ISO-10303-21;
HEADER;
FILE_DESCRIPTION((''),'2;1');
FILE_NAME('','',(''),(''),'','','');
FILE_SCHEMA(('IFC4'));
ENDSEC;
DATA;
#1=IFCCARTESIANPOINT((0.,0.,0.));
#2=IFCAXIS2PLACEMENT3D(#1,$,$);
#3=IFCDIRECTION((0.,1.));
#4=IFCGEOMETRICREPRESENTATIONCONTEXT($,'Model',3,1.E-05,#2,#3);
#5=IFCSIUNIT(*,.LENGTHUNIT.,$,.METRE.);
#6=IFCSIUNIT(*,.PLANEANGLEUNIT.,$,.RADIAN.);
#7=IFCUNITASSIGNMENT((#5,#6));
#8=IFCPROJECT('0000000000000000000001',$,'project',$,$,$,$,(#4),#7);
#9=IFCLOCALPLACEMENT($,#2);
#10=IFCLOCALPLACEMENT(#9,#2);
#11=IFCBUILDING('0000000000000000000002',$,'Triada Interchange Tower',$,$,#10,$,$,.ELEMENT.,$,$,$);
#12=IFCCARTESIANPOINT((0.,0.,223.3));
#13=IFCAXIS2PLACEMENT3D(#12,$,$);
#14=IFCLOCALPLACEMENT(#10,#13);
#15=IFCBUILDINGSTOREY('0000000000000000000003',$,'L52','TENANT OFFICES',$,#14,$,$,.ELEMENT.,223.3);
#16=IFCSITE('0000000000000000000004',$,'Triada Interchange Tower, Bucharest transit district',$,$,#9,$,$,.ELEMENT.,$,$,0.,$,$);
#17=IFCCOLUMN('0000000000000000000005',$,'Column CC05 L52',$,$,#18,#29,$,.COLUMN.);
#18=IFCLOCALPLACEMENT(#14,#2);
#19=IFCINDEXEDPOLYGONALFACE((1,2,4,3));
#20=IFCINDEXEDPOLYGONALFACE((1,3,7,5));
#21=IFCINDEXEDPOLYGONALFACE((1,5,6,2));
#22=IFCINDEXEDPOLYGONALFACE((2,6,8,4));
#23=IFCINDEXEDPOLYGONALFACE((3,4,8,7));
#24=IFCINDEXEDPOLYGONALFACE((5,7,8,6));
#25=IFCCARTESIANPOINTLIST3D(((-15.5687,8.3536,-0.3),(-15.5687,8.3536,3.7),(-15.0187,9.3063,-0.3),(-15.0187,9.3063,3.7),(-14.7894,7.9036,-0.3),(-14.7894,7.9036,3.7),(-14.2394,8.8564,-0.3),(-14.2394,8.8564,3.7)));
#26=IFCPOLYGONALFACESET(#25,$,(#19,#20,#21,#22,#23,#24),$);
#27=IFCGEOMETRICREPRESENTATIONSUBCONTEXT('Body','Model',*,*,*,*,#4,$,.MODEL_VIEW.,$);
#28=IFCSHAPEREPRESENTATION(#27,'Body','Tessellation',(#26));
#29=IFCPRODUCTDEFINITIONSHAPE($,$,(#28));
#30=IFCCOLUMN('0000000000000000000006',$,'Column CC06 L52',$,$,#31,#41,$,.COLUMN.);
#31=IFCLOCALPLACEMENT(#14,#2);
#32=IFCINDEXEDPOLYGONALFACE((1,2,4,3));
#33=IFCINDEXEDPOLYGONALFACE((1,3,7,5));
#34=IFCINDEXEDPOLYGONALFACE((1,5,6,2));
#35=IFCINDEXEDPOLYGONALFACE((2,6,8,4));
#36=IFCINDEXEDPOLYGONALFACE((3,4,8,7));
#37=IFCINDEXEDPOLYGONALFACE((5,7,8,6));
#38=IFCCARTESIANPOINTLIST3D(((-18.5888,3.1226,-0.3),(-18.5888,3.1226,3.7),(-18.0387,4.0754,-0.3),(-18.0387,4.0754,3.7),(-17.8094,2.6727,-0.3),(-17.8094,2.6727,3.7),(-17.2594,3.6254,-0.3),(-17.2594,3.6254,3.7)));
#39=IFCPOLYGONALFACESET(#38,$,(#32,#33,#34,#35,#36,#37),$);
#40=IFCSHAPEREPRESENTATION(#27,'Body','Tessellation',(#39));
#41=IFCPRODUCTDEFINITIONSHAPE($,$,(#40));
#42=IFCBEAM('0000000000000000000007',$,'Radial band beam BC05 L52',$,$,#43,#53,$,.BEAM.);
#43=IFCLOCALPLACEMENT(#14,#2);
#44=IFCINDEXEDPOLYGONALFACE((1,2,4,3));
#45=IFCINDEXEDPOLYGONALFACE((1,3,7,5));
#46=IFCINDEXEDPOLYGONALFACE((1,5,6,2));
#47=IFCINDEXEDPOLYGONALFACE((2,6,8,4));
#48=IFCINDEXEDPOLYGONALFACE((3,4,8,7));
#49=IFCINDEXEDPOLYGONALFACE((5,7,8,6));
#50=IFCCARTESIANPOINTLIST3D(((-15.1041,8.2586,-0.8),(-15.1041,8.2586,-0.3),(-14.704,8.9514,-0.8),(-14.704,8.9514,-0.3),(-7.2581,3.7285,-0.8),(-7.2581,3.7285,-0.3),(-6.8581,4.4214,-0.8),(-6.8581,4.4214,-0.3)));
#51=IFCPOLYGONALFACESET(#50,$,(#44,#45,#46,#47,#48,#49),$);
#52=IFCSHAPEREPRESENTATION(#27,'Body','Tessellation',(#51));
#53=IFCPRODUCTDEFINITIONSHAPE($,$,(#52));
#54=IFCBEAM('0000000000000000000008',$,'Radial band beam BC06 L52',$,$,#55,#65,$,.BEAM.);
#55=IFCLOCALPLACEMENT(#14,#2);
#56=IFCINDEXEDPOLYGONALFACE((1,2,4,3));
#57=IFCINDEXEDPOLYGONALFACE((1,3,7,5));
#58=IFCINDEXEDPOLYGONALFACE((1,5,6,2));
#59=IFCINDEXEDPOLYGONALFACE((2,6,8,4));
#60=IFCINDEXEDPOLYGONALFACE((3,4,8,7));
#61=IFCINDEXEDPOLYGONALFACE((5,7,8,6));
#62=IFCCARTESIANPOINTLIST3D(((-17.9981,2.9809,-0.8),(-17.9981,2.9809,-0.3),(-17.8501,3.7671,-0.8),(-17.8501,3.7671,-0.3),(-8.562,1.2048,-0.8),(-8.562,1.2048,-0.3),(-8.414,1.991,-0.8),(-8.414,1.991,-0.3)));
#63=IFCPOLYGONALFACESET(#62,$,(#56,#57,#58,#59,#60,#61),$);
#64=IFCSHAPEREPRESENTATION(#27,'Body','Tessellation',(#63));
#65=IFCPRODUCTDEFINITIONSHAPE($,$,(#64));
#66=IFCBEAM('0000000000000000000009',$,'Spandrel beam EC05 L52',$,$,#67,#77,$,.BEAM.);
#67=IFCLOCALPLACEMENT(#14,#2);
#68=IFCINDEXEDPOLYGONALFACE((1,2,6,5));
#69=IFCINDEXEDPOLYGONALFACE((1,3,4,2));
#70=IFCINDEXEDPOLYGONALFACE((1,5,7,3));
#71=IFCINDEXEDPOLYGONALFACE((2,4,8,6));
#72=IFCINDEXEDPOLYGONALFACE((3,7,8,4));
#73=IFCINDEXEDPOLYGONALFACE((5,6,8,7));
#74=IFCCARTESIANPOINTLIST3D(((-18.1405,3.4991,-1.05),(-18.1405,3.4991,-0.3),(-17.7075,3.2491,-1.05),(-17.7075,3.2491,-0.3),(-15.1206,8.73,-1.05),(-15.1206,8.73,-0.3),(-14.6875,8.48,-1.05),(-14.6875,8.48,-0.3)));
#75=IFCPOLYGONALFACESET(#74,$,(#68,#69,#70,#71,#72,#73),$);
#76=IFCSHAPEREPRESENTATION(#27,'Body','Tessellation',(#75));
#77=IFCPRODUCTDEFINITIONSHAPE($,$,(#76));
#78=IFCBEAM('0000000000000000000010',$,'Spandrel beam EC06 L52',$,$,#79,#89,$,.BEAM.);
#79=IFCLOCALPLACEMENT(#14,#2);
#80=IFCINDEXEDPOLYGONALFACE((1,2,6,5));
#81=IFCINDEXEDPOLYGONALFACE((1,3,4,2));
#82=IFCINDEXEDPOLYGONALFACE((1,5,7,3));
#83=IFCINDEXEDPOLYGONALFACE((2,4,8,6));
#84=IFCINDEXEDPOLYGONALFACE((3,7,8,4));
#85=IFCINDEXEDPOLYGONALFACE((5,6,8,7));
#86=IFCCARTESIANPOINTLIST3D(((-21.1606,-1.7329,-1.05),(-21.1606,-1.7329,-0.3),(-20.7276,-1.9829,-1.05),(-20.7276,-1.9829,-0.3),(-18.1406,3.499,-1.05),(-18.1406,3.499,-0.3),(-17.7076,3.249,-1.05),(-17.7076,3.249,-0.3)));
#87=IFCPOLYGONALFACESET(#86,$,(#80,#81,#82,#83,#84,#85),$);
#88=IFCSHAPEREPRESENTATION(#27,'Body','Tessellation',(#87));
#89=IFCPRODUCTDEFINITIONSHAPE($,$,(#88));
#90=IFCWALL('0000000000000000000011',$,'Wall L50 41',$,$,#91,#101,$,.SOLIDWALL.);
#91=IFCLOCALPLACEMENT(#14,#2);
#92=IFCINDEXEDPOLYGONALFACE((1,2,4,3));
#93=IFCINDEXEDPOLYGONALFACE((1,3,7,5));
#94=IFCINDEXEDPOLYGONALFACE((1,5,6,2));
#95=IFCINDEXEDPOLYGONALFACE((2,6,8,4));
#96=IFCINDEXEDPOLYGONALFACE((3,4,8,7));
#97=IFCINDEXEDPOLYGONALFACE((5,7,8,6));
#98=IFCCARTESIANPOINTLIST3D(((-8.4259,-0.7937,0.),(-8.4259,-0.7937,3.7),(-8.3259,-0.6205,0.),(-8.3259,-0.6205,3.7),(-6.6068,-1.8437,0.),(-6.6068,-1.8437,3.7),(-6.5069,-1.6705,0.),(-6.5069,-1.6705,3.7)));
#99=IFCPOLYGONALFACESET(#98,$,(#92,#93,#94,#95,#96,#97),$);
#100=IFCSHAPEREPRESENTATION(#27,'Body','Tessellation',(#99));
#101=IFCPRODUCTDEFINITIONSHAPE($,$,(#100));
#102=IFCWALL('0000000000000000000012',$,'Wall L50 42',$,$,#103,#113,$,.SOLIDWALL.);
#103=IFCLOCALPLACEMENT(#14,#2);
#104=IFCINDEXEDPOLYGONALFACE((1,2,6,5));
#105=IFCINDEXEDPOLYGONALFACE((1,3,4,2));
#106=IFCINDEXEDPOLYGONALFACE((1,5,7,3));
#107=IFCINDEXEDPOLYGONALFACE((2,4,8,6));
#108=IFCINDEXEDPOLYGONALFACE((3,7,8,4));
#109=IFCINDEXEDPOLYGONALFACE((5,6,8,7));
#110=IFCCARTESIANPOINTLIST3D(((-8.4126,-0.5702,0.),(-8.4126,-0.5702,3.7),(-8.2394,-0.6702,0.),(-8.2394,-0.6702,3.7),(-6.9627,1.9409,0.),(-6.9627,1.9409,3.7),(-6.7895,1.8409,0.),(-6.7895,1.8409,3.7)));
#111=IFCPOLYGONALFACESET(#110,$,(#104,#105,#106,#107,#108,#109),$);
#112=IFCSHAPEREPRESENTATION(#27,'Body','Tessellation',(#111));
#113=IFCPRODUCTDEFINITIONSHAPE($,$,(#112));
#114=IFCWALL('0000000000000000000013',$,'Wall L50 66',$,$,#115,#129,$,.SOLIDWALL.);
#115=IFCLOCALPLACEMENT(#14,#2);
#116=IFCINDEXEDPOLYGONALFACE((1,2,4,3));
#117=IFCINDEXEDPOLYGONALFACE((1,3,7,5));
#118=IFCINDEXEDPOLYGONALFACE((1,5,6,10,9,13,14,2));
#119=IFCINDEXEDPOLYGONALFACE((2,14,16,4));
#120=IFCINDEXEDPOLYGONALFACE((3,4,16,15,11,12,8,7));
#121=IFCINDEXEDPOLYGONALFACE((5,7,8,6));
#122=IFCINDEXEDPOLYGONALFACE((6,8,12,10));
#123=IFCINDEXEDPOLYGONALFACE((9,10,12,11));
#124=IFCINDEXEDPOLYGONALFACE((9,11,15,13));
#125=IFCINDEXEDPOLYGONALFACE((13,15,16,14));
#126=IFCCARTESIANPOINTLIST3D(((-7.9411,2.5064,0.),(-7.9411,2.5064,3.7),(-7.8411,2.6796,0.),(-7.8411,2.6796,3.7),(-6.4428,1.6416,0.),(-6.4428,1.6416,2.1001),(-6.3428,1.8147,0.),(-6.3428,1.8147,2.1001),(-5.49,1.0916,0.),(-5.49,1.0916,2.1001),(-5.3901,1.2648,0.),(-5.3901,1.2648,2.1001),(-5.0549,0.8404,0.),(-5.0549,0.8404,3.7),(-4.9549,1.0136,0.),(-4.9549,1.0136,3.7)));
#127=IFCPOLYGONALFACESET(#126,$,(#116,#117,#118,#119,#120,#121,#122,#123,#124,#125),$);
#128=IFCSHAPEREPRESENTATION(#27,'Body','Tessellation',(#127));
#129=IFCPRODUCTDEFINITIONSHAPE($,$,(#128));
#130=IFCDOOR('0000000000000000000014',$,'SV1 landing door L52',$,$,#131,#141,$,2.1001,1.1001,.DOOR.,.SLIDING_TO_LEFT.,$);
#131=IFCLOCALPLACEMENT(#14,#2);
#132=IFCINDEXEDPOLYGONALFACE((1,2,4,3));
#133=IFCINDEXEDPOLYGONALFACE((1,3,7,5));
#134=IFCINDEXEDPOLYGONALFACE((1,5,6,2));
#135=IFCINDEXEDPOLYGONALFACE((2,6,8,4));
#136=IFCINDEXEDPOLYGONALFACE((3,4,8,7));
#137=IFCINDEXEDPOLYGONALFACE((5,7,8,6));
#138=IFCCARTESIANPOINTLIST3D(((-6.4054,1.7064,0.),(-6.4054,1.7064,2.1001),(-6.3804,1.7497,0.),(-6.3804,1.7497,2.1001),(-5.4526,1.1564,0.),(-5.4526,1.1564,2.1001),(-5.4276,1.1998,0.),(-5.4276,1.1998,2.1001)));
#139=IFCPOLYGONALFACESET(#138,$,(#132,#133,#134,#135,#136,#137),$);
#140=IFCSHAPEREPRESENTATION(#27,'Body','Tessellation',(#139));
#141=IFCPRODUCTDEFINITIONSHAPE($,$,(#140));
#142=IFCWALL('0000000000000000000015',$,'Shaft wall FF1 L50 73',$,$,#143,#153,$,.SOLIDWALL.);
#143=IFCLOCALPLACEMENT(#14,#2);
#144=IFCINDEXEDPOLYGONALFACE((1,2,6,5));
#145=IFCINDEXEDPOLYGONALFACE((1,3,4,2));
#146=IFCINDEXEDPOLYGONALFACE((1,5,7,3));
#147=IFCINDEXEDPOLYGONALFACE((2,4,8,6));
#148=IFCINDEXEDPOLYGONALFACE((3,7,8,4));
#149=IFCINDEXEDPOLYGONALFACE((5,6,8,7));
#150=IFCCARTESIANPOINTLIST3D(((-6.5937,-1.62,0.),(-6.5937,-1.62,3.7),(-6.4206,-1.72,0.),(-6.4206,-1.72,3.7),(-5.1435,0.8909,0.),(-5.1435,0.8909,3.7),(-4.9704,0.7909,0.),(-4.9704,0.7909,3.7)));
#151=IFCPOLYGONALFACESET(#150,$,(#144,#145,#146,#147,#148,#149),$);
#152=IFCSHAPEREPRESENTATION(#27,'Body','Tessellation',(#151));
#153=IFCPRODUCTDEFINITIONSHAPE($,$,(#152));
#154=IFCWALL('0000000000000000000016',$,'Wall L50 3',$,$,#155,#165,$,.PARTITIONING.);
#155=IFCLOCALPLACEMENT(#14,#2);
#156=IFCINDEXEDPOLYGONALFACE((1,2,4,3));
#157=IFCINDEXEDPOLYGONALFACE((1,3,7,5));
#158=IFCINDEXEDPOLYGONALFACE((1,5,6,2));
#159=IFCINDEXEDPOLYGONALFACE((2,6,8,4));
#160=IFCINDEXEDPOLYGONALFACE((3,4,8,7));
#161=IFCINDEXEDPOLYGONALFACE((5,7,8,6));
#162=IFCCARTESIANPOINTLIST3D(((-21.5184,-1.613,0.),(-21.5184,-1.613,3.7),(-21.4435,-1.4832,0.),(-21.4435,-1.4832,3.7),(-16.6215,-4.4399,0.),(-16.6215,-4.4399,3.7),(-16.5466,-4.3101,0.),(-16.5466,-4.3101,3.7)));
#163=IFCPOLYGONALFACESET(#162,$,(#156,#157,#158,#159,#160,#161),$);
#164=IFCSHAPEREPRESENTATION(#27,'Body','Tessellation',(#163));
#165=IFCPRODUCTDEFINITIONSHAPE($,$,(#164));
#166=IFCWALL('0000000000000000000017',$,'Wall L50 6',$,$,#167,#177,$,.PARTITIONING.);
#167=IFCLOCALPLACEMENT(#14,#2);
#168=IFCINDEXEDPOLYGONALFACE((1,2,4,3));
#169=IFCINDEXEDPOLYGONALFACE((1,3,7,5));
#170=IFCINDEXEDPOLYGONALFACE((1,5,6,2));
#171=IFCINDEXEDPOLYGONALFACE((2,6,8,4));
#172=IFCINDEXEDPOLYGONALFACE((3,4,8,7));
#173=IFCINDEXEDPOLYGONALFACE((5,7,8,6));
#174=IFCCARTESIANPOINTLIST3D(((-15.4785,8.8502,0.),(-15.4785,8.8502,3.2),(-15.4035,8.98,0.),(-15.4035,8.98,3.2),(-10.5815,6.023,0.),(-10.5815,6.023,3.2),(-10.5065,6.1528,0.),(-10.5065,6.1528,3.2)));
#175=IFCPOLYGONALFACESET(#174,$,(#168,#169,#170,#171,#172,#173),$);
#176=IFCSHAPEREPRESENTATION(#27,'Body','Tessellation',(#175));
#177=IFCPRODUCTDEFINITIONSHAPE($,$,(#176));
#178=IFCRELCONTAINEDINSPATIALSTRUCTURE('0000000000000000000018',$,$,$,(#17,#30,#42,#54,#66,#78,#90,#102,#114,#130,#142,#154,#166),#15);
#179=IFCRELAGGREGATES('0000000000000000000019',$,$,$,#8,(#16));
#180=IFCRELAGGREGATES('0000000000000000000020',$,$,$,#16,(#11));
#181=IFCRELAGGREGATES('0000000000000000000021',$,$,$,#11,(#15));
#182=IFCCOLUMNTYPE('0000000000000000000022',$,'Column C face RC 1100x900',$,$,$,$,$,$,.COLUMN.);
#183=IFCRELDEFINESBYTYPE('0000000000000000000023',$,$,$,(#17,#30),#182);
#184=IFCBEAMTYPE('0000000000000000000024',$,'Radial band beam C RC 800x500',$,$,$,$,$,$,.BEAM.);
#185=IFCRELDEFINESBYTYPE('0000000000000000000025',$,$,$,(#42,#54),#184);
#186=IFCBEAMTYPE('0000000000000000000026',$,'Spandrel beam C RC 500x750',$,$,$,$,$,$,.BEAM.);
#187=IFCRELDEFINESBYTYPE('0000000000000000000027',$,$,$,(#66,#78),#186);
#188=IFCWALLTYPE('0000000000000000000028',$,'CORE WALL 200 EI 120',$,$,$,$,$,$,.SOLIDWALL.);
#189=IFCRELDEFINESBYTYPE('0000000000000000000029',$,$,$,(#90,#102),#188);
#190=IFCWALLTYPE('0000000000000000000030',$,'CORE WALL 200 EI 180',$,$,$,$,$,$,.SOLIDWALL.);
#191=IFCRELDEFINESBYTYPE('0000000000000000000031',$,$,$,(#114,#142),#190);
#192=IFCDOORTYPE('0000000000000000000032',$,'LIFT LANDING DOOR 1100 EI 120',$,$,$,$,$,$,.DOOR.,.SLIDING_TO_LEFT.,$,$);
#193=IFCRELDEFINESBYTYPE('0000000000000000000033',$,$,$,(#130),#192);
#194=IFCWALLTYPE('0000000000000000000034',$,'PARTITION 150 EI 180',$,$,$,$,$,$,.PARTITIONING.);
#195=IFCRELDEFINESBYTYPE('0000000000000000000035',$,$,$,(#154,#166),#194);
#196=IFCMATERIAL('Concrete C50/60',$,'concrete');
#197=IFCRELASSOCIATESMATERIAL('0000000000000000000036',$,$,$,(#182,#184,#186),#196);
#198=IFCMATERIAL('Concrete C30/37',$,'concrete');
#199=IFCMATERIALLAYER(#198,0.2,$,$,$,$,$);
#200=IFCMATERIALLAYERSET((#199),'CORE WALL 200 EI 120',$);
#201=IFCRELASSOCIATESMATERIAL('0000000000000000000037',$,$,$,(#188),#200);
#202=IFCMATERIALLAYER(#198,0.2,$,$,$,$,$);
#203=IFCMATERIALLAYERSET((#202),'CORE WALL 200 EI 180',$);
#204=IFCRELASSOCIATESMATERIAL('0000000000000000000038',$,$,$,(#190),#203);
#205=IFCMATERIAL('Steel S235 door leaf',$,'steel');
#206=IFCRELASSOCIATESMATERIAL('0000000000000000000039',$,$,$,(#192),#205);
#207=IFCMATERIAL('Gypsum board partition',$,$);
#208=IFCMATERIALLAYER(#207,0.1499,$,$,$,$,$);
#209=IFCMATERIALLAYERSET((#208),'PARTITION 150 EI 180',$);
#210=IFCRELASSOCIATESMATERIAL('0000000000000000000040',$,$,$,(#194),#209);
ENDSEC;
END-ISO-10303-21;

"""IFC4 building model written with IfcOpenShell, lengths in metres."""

from ifc_helpers import new_model, si_unit, direction, frame, frame_2d, origin, origin_2d, place, context, subcontext, project, spatial, rectangle, extrude, material, layer, layer_set, material_profile, profile_set, type_object, element, fill, save


model = new_model("IFC4")

# Units and contexts
model_context = context("Model", 3, precision=1e-05, world=origin(), true_north=direction((0.0, 1.0)))
body_context = subcontext(model_context, "Body", "Model", "MODEL_VIEW")
ifc_project = project(units=[si_unit("LENGTHUNIT", "METRE"), si_unit("PLANEANGLEUNIT", "RADIAN")], contexts=[model_context])

# Site, building, storey
site_placement = place(None, origin())
site = spatial("IfcSite", under=ifc_project, at=site_placement, Name="Triada Interchange Tower, Bucharest transit district", CompositionType="ELEMENT", RefElevation=0.0)
building_placement = place(site_placement, origin())
building = spatial("IfcBuilding", under=site, at=building_placement, Name="Triada Interchange Tower", CompositionType="ELEMENT")
storey_placement = place(building_placement, frame((0.0, 0.0, 223.3)))
storey = spatial("IfcBuildingStorey", under=building, at=storey_placement, Name="L52", Description="TENANT OFFICES", CompositionType="ELEMENT", Elevation=223.3)

# Columns
ifc_material_1 = material(Name="Concrete C50/60", Category="concrete")
ifc_material_profile_1 = material_profile(ifc_material_1, rectangle(XDim=1.1001, YDim=0.8999, at=origin_2d()), Name="RC 1100x900")
ifc_profile_set_1 = profile_set([ifc_material_profile_1], Name="Concrete C50/60")
column_type = type_object("IfcColumnType", Name="Column C face RC 1100x900", PredefinedType="COLUMN", material=ifc_profile_set_1)
for number, where, z_axis, x_axis, name in (
    (1, (-14.9041, 8.605, -0.3), (0.0, 0.0, 1.0), (0.5, 0.866025, 0.0), "Column CC05 L52"),
    (2, (-17.9241, 3.374, -0.3), (0.0, 0.0, 1.0), (0.5, 0.866025, 0.0), "Column CC06 L52"),
):
    element("IfcColumn", number, at=place(storey_placement, frame(where, z_axis=z_axis, x_axis=x_axis)), inside=storey, type_object=column_type, Name=name, PredefinedType="COLUMN", context=body_context, shape_type="SweptSolid", body=[
        extrude(rectangle(XDim=1.1001, YDim=0.8999, at=origin_2d()), origin(), (0.0, 0.0, 1.0), 4.0),
    ])

# Beams
ifc_material_profile_2 = material_profile(ifc_material_1, rectangle(XDim=0.8, YDim=0.5, at=origin_2d()), Name="RC 800x500")
ifc_profile_set_2 = profile_set([ifc_material_profile_2], Name="Concrete C50/60")
beam_type_1 = type_object("IfcBeamType", Name="Radial band beam C RC 800x500", PredefinedType="BEAM", material=ifc_profile_set_2)
beam_1_placement = place(storey_placement, frame((-14.9041, 8.605, -0.55), z_axis=(0.866017, -0.500014, 0.0), x_axis=(0.500014, 0.866017, 0.0)))
element("IfcBeam", 3, at=beam_1_placement, inside=storey, type_object=beam_type_1, Name="Radial band beam BC05 L52", PredefinedType="BEAM", context=body_context, shape_type="SweptSolid", body=[
    extrude(rectangle(XDim=0.8, YDim=0.5, at=origin_2d()), origin(), (0.0, 0.0, 1.0), 9.0598),
])
beam_2_placement = place(storey_placement, frame((-17.9241, 3.374, -0.55), z_axis=(0.982742, -0.184979, 0.0), x_axis=(0.184979, 0.982742, 0.0)))
element("IfcBeam", 4, at=beam_2_placement, inside=storey, type_object=beam_type_1, Name="Radial band beam BC06 L52", PredefinedType="BEAM", context=body_context, shape_type="SweptSolid", body=[
    extrude(rectangle(XDim=0.8, YDim=0.5, at=origin_2d()), origin(), (0.0, 0.0, 1.0), 9.6018),
])
ifc_material_profile_3 = material_profile(ifc_material_1, rectangle(XDim=0.5, YDim=0.75, at=origin_2d()), Name="RC 500x750")
ifc_profile_set_3 = profile_set([ifc_material_profile_3], Name="Concrete C50/60")
beam_type_2 = type_object("IfcBeamType", Name="Spandrel beam C RC 500x750", PredefinedType="BEAM", material=ifc_profile_set_3)
beam_3_placement = place(storey_placement, frame((-14.9041, 8.605, -0.675), z_axis=(-0.499991, -0.866031, 0.0), x_axis=(0.866031, -0.499991, 0.0)))
element("IfcBeam", 5, at=beam_3_placement, inside=storey, type_object=beam_type_2, Name="Spandrel beam EC05 L52", PredefinedType="BEAM", context=body_context, shape_type="SweptSolid", body=[
    extrude(rectangle(XDim=0.5, YDim=0.75, at=origin_2d()), origin(), (0.0, 0.0, 1.0), 6.04),
])
beam_4_placement = place(storey_placement, frame((-17.9241, 3.374, -0.675), z_axis=(-0.499921, -0.866071, 0.0), x_axis=(0.866071, -0.499921, 0.0)))
element("IfcBeam", 6, at=beam_4_placement, inside=storey, type_object=beam_type_2, Name="Spandrel beam EC06 L52", PredefinedType="BEAM", context=body_context, shape_type="SweptSolid", body=[
    extrude(rectangle(XDim=0.5, YDim=0.75, at=origin_2d()), origin(), (0.0, 0.0, 1.0), 6.041),
])

# Walls
ifc_material_2 = material(Name="Concrete C30/37", Category="concrete")
ifc_layer_1 = layer(ifc_material_2, 0.2)
ifc_layer_set_1 = layer_set([ifc_layer_1], Name="CORE WALL 200 EI 120")
wall_type_1 = type_object("IfcWallType", Name="CORE WALL 200 EI 120", PredefinedType="SOLIDWALL", material=ifc_layer_set_1)
wall_1_placement = place(storey_placement, frame((-8.376, -0.707, 0.0), z_axis=(0.0, 0.0, 1.0), x_axis=(0.866068, -0.499927, 0.0)))
element("IfcWall", 7, at=wall_1_placement, inside=storey, type_object=wall_type_1, Name="Wall L50 41", PredefinedType="SOLIDWALL", context=body_context, shape_type="SweptSolid", body=[
    extrude(rectangle(XDim=2.1003, YDim=0.2, at=frame_2d((1.0503, 0.0))), origin(), (0.0, 0.0, 1.0), 3.7),
])
wall_2_placement = place(storey_placement, frame((-8.3259, -0.6201, 0.0), z_axis=(0.0, 0.0, 1.0), x_axis=(0.500024, 0.866012, 0.0)))
element("IfcWall", 8, at=wall_2_placement, inside=storey, type_object=wall_type_1, Name="Wall L50 42", PredefinedType="SOLIDWALL", context=body_context, shape_type="SweptSolid", body=[
    extrude(rectangle(XDim=2.8997, YDim=0.2, at=frame_2d((1.4497, 0.0))), origin(), (0.0, 0.0, 1.0), 3.7),
])

# Wall, opening, door
ifc_layer_2 = layer(ifc_material_2, 0.2)
ifc_layer_set_2 = layer_set([ifc_layer_2], Name="CORE WALL 200 EI 180")
wall_type_2 = type_object("IfcWallType", Name="CORE WALL 200 EI 180", PredefinedType="SOLIDWALL", material=ifc_layer_set_2)
wall_3_placement = place(storey_placement, frame((-7.8911, 2.593, 0.0), z_axis=(0.0, 0.0, 1.0), x_axis=(0.866071, -0.499921, 0.0)))
wall_3 = element("IfcWall", 9, at=wall_3_placement, inside=storey, type_object=wall_type_2, Name="Wall L50 66", PredefinedType="SOLIDWALL", context=body_context, shape_type="SweptSolid", body=[
    extrude(rectangle(XDim=3.3325, YDim=0.2, at=frame_2d((1.6663, 0.0))), origin(), (0.0, 0.0, 1.0), 3.7),
])
opening_placement = place(wall_3_placement, frame((1.73, 0.0, 0.0)))
opening = element("IfcOpeningElement", 10, at=opening_placement, cuts=wall_3, PredefinedType="OPENING", context=body_context, shape_type="SweptSolid", body=[
    extrude(rectangle(XDim=1.1001, YDim=2.1001, at=frame_2d((0.55, 1.05))), frame((0.0, 0.1099, 0.0), z_axis=(0.0, -1.0, 0.0), x_axis=(1.0, 0.0, 0.0)), (0.0, 0.0, 1.0), 0.22),
])
ifc_material_3 = material(Name="Steel S235 door leaf", Category="steel")
door_type = type_object("IfcDoorType", Name="LIFT LANDING DOOR 1100 EI 120", OperationType="SLIDING_TO_LEFT", PredefinedType="DOOR", material=ifc_material_3)
door_placement = place(opening_placement, origin())
door = element("IfcDoor", 11, at=door_placement, inside=storey, type_object=door_type, Name="SV1 landing door L52", OperationType="SLIDING_TO_LEFT", OverallHeight=2.1001, OverallWidth=1.1001, PredefinedType="DOOR", context=body_context, shape_type="SweptSolid", body=[
    extrude(rectangle(XDim=1.1001, YDim=2.1001, at=frame_2d((0.55, 1.05))), frame((0.0, 0.0249, 0.0), z_axis=(0.0, -1.0, 0.0), x_axis=(1.0, 0.0, 0.0)), (0.0, 0.0, 1.0), 0.05),
])
fill(opening, door)

# Walls
wall_4_placement = place(storey_placement, frame((-6.5071, -1.6699, 0.0), z_axis=(0.0, 0.0, 1.0), x_axis=(0.500123, 0.865954, 0.0)))
element("IfcWall", 12, at=wall_4_placement, inside=storey, type_object=wall_type_2, Name="Shaft wall FF1 L50 73", PredefinedType="SOLIDWALL", context=body_context, shape_type="SweptSolid", body=[
    extrude(rectangle(XDim=2.8997, YDim=0.2, at=frame_2d((1.4497, 0.0))), origin(), (0.0, 0.0, 1.0), 3.7),
])
ifc_material_4 = material(Name="Gypsum board partition")
ifc_layer_3 = layer(ifc_material_4, 0.1499)
ifc_layer_set_3 = layer_set([ifc_layer_3], Name="PARTITION 150 EI 180")
wall_type_3 = type_object("IfcWallType", Name="PARTITION 150 EI 180", PredefinedType="PARTITIONING", material=ifc_layer_set_3)
wall_5_placement = place(storey_placement, frame((-21.481, -1.5481, 0.0), z_axis=(0.0, 0.0, 1.0), x_axis=(0.866053, -0.499952, 0.0)))
element("IfcWall", 13, at=wall_5_placement, inside=storey, type_object=wall_type_3, Name="Wall L50 3", PredefinedType="PARTITIONING", context=body_context, shape_type="SweptSolid", body=[
    extrude(rectangle(XDim=5.6543, YDim=0.1499, at=frame_2d((2.8271, 0.0))), origin(), (0.0, 0.0, 1.0), 3.7),
])
wall_6_placement = place(storey_placement, frame((-15.4409, 8.915, 0.0), z_axis=(0.0, 0.0, 1.0), x_axis=(0.866035, -0.499984, 0.0)))
element("IfcWall", 14, at=wall_6_placement, inside=storey, type_object=wall_type_3, Name="Wall L50 6", PredefinedType="PARTITIONING", context=body_context, shape_type="SweptSolid", body=[
    extrude(rectangle(XDim=5.6545, YDim=0.1499, at=frame_2d((2.8271, 0.0))), origin(), (0.0, 0.0, 1.0), 3.2),
])

save(model, "model.ifc")
